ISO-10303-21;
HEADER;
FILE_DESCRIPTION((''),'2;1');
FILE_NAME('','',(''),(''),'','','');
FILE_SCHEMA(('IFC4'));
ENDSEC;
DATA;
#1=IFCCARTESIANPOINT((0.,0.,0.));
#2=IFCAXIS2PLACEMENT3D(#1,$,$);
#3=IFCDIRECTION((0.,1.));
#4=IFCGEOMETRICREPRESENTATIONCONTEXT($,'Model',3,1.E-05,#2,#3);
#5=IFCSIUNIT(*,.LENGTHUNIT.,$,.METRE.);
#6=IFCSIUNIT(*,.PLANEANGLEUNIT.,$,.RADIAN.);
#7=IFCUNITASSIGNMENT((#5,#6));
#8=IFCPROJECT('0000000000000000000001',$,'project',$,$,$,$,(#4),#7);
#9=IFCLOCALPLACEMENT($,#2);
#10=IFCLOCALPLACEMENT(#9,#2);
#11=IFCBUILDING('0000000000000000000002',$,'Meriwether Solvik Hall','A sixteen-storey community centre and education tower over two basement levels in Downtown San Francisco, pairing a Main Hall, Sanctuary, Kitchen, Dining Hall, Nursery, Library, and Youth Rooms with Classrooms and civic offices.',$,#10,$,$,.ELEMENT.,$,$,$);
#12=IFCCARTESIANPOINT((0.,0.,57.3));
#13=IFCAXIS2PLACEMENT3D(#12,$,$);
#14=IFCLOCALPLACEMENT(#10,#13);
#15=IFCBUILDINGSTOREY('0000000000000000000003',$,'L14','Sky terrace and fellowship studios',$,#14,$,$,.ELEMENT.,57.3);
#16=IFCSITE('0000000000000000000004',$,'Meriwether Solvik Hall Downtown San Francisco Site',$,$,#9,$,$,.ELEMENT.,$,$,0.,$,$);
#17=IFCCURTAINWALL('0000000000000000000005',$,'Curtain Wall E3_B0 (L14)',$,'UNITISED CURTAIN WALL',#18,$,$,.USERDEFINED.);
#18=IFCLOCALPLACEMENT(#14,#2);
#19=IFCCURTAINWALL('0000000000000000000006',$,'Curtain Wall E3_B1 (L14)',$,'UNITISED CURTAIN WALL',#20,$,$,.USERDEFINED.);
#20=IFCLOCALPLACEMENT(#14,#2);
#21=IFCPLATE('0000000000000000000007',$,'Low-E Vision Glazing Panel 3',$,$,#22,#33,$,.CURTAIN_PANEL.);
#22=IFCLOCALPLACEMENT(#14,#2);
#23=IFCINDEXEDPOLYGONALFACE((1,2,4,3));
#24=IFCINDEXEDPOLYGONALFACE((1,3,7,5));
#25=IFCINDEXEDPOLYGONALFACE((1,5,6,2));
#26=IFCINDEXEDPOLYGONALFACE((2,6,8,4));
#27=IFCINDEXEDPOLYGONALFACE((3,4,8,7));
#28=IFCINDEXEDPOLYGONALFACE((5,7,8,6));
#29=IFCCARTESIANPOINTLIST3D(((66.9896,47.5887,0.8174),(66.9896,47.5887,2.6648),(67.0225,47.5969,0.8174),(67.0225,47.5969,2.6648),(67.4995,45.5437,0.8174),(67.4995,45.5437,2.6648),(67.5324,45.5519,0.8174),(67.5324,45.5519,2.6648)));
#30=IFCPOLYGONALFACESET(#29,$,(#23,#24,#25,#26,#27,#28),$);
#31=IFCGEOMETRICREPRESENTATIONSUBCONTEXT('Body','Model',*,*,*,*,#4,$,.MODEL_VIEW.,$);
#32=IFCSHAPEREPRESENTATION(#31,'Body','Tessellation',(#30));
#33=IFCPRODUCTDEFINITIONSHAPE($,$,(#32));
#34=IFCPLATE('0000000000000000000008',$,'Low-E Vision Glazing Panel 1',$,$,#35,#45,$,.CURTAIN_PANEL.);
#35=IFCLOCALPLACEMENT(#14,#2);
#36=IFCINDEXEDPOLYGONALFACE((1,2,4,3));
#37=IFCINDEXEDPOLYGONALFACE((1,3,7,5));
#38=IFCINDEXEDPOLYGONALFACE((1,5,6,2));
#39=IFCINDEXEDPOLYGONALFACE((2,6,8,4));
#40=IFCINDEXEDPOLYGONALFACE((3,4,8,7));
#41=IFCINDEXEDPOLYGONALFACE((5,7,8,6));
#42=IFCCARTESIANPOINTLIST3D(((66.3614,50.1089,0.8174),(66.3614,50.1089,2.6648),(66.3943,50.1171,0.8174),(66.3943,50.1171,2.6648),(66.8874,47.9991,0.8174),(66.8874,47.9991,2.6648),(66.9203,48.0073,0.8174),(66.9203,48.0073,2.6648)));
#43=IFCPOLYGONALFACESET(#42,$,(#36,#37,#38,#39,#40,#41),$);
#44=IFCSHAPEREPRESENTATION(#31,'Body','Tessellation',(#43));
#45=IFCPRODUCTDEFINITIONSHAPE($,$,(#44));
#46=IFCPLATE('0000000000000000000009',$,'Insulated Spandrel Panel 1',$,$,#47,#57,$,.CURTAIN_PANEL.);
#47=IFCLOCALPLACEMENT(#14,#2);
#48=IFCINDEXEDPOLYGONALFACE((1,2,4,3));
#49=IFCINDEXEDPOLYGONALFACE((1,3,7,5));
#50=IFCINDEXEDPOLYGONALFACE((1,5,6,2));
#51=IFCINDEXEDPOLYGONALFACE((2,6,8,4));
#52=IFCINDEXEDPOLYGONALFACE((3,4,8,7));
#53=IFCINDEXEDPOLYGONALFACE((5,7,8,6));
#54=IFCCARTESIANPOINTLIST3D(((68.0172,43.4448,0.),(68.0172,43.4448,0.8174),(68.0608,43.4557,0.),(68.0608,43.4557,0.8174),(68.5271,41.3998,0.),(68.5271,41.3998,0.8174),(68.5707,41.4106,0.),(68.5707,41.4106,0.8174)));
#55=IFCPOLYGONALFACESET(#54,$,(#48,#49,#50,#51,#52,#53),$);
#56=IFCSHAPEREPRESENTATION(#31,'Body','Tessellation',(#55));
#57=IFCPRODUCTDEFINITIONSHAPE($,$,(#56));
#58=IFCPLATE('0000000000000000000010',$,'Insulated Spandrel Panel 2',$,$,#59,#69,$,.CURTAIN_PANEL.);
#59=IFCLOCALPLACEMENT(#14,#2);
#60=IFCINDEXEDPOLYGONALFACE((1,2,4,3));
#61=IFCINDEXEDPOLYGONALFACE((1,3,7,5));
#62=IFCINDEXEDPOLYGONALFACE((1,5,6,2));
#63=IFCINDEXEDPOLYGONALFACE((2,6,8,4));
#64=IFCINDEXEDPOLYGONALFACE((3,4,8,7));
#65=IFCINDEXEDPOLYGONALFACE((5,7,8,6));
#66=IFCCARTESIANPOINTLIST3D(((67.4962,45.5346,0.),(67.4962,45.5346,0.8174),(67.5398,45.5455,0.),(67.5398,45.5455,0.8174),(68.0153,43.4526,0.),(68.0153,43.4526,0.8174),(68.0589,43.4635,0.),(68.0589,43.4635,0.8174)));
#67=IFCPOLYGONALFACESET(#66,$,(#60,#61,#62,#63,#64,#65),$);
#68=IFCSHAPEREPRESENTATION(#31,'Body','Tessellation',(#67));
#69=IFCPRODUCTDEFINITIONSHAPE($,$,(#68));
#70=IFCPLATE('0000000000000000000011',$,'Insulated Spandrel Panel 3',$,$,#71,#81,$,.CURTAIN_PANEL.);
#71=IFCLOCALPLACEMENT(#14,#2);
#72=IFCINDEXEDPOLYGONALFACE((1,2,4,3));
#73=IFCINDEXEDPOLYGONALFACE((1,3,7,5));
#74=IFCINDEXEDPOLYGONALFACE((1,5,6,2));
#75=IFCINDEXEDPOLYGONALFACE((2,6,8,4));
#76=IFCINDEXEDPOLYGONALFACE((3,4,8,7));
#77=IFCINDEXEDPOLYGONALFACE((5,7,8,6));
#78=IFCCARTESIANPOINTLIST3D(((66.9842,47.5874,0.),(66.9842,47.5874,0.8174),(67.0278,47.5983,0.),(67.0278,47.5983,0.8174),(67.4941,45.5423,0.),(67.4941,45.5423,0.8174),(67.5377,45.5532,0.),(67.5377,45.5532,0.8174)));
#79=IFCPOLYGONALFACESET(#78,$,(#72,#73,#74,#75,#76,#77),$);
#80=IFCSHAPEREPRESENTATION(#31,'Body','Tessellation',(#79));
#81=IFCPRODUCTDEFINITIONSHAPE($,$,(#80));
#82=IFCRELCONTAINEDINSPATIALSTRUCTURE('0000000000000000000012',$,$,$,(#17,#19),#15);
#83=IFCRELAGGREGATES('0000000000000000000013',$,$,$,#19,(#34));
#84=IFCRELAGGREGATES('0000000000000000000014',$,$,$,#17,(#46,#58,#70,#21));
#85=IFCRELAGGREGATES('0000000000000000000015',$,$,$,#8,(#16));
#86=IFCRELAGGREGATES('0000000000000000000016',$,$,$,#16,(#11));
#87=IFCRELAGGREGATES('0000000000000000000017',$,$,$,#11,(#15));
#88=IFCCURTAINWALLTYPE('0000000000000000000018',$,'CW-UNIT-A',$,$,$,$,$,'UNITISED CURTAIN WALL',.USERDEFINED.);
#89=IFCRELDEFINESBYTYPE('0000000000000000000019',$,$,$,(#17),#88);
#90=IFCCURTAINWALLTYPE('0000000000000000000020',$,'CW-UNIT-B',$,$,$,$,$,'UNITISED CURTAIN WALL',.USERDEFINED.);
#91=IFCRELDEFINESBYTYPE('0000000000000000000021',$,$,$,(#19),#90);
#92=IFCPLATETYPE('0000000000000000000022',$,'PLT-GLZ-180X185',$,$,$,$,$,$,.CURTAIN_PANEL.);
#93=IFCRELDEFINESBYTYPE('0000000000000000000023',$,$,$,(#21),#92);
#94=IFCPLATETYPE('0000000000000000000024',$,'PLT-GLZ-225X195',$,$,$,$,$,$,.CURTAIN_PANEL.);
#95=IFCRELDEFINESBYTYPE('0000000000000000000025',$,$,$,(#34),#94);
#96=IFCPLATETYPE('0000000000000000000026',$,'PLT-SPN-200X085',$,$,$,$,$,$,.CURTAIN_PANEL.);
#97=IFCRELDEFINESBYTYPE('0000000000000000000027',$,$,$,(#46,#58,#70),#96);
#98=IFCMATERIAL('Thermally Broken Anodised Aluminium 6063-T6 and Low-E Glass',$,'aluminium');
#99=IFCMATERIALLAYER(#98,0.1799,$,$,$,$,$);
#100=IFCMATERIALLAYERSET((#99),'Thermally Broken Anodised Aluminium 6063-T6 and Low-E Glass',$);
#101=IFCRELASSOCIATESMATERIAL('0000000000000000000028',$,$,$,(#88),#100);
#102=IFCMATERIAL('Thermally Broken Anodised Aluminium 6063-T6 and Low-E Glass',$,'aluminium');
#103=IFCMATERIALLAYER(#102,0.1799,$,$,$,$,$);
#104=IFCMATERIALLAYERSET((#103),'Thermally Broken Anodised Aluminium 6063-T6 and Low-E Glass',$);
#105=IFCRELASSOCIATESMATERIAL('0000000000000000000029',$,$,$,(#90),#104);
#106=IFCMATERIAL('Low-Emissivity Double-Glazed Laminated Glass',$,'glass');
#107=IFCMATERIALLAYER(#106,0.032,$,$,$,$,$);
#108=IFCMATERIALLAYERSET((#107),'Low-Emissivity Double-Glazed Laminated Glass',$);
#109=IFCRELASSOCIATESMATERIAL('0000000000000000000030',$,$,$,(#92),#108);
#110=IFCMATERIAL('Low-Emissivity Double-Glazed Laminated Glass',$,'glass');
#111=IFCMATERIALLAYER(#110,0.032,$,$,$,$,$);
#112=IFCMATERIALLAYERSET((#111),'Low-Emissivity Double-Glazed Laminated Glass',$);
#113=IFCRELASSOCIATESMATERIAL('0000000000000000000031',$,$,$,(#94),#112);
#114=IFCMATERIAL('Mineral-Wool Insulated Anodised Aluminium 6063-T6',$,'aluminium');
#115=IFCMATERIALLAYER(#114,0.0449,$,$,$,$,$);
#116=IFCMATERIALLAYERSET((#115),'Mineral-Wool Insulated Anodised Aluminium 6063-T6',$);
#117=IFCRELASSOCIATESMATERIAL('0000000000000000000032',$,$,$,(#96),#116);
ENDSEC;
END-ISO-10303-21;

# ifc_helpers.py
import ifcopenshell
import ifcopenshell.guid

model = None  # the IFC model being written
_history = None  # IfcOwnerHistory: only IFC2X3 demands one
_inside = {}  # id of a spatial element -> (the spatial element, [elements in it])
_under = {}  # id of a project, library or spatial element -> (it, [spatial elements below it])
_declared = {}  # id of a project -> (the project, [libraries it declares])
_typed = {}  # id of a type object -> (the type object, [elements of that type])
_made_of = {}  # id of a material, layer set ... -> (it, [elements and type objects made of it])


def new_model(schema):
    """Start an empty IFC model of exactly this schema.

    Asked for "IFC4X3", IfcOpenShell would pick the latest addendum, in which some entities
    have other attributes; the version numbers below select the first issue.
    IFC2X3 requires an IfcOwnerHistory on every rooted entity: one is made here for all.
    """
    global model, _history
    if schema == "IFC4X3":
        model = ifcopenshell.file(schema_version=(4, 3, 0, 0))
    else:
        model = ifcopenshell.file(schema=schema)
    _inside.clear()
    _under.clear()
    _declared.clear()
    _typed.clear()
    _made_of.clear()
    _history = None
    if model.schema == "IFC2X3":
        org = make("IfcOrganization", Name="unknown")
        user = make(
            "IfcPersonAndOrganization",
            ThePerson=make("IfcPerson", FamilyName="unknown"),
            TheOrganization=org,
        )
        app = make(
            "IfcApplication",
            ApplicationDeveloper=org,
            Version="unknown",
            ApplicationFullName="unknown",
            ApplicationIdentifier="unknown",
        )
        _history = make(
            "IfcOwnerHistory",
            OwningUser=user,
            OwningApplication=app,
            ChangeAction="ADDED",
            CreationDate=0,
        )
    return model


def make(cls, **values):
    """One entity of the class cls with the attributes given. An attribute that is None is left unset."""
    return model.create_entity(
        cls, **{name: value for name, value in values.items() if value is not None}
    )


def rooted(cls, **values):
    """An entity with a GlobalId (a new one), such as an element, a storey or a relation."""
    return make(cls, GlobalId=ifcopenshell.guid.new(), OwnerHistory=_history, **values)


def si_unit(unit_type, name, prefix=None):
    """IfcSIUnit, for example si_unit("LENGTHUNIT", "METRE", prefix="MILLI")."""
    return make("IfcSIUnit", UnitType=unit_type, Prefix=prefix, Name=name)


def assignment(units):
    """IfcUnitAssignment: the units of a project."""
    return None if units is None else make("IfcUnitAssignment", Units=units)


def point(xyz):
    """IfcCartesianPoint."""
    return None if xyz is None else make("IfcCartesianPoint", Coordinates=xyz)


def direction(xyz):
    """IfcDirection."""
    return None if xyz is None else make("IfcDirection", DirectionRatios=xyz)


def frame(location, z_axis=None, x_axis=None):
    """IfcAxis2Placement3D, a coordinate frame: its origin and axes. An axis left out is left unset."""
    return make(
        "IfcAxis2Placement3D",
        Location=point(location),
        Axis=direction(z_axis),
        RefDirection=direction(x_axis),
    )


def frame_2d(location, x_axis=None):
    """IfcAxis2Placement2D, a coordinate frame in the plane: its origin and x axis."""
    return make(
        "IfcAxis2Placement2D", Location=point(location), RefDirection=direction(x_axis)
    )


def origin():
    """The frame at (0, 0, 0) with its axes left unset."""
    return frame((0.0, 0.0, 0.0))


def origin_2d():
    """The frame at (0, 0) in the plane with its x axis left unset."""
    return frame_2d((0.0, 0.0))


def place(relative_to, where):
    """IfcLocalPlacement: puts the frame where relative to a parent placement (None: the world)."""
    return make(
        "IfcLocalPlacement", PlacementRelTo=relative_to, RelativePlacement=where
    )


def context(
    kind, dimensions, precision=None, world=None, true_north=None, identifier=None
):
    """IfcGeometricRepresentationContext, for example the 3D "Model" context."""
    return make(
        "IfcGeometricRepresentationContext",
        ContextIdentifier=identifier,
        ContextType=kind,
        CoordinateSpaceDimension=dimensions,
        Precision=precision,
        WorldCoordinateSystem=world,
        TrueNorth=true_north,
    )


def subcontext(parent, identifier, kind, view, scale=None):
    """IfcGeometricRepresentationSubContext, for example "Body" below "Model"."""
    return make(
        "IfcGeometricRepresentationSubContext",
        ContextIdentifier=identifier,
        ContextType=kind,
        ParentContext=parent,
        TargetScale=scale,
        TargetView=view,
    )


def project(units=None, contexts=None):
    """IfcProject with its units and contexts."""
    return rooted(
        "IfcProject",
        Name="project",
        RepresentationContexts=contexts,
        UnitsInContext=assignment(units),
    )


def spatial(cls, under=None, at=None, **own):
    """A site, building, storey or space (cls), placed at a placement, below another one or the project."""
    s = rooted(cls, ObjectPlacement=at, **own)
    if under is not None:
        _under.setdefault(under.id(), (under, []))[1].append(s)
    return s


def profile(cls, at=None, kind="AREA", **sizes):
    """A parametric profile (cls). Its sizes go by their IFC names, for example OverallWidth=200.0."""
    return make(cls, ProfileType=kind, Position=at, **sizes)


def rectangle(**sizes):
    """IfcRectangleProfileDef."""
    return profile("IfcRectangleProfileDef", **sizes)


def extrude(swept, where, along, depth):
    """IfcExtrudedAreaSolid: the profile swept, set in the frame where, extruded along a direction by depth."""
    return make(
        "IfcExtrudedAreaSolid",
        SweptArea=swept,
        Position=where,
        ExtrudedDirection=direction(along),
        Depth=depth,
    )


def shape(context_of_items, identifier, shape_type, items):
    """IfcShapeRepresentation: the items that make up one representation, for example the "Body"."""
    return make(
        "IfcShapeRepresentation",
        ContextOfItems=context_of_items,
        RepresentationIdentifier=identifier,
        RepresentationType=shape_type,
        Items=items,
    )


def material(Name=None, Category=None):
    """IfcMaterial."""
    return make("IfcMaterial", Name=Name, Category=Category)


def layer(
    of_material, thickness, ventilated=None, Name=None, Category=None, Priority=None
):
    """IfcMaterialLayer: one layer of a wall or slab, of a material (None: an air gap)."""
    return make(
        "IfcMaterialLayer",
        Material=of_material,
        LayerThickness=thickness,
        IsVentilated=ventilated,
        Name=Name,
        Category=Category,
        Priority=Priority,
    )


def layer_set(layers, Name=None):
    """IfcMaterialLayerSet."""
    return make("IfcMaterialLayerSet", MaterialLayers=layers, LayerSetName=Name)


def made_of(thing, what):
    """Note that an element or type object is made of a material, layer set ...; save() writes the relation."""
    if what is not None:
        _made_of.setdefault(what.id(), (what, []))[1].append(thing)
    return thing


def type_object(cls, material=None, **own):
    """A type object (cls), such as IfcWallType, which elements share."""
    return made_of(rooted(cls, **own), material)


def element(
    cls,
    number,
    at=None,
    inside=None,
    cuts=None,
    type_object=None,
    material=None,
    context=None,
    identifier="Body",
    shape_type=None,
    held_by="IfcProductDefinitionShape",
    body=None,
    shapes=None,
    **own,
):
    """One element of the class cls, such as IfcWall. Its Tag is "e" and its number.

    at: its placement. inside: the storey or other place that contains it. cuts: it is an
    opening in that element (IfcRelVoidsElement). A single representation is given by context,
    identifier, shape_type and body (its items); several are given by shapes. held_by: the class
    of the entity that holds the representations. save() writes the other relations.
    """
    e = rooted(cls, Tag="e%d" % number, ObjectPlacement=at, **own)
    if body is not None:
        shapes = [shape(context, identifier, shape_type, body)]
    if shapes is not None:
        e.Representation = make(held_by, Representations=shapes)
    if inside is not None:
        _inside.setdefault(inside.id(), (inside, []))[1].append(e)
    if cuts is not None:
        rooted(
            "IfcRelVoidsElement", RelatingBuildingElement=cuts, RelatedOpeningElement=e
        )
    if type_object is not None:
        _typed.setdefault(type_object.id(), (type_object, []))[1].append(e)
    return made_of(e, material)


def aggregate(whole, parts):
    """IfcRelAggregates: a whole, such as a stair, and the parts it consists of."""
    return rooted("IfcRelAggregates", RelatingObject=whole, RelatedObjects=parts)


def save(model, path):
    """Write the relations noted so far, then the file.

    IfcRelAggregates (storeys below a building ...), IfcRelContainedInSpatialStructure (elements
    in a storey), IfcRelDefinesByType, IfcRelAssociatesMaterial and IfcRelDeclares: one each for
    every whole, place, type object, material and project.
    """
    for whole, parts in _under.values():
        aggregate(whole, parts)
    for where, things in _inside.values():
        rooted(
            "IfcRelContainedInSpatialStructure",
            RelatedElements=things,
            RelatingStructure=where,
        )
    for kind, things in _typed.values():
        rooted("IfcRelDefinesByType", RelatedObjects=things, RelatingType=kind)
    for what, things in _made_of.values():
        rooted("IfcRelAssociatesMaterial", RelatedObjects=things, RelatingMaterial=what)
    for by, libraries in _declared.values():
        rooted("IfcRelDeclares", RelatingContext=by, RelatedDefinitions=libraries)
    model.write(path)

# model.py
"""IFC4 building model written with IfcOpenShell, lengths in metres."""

from ifc_helpers import new_model, si_unit, direction, frame, origin, origin_2d, place, context, subcontext, project, spatial, rectangle, extrude, material, layer, layer_set, type_object, element, aggregate, save


model = new_model("IFC4")

# Units and contexts
model_context = context("Model", 3, precision=1e-05, world=origin(), true_north=direction((0.0, 1.0)))
body_context = subcontext(model_context, "Body", "Model", "MODEL_VIEW")
ifc_project = project(units=[si_unit("LENGTHUNIT", "METRE"), si_unit("PLANEANGLEUNIT", "RADIAN")], contexts=[model_context])

# Site, building, storey
site_placement = place(None, origin())
site = spatial("IfcSite", under=ifc_project, at=site_placement, Name="Meriwether Solvik Hall Downtown San Francisco Site", CompositionType="ELEMENT", RefElevation=0.0)
building_placement = place(site_placement, origin())
building = spatial("IfcBuilding", under=site, at=building_placement, Name="Meriwether Solvik Hall", Description="A sixteen-storey community centre and education tower over two basement levels in Downtown San Francisco, pairing a Main Hall, Sanctuary, Kitchen, Dining Hall, Nursery, Library, and Youth Rooms with Classrooms and civic offices.", CompositionType="ELEMENT")
storey_placement = place(building_placement, frame((0.0, 0.0, 57.3)))
storey = spatial("IfcBuildingStorey", under=building, at=storey_placement, Name="L14", Description="Sky terrace and fellowship studios", CompositionType="ELEMENT", Elevation=57.3)

# Curtain wall
ifc_material_1 = material(Name="Thermally Broken Anodised Aluminium 6063-T6 and Low-E Glass", Category="aluminium")
ifc_layer_1 = layer(ifc_material_1, 0.1799)
ifc_layer_set_1 = layer_set([ifc_layer_1], Name="Thermally Broken Anodised Aluminium 6063-T6 and Low-E Glass")
curtain_wall_type_1 = type_object("IfcCurtainWallType", Name="CW-UNIT-A", ElementType="UNITISED CURTAIN WALL", PredefinedType="USERDEFINED", material=ifc_layer_set_1)
curtain_wall_1_placement = place(storey_placement, origin())
curtain_wall_1 = element("IfcCurtainWall", 1, at=curtain_wall_1_placement, inside=storey, type_object=curtain_wall_type_1, Name="Curtain Wall E3_B0 (L14)", ObjectType="UNITISED CURTAIN WALL", PredefinedType="USERDEFINED")

# Curtain wall
ifc_material_2 = material(Name="Thermally Broken Anodised Aluminium 6063-T6 and Low-E Glass", Category="aluminium")
ifc_layer_2 = layer(ifc_material_2, 0.1799)
ifc_layer_set_2 = layer_set([ifc_layer_2], Name="Thermally Broken Anodised Aluminium 6063-T6 and Low-E Glass")
curtain_wall_type_2 = type_object("IfcCurtainWallType", Name="CW-UNIT-B", ElementType="UNITISED CURTAIN WALL", PredefinedType="USERDEFINED", material=ifc_layer_set_2)
curtain_wall_2_placement = place(storey_placement, origin())
curtain_wall_2 = element("IfcCurtainWall", 2, at=curtain_wall_2_placement, inside=storey, type_object=curtain_wall_type_2, Name="Curtain Wall E3_B1 (L14)", ObjectType="UNITISED CURTAIN WALL", PredefinedType="USERDEFINED")

# Plates
ifc_material_3 = material(Name="Low-Emissivity Double-Glazed Laminated Glass", Category="glass")
ifc_layer_3 = layer(ifc_material_3, 0.032)
ifc_layer_set_3 = layer_set([ifc_layer_3], Name="Low-Emissivity Double-Glazed Laminated Glass")
plate_type_1 = type_object("IfcPlateType", Name="PLT-GLZ-180X185", PredefinedType="CURTAIN_PANEL", material=ifc_layer_set_3)
plate_1_placement = place(storey_placement, frame((67.261, 46.5703, 0.8174), z_axis=(0.0, 0.0, 1.0), x_axis=(-0.241922, 0.970296, 0.0)))
plate_1 = element("IfcPlate", 3, at=plate_1_placement, type_object=plate_type_1, Name="Low-E Vision Glazing Panel 3", PredefinedType="CURTAIN_PANEL", context=body_context, shape_type="SweptSolid", body=[
    extrude(rectangle(XDim=2.1077, YDim=0.0339, at=origin_2d()), origin(), (0.0, 0.0, 1.0), 1.8474),
])
ifc_material_4 = material(Name="Low-Emissivity Double-Glazed Laminated Glass", Category="glass")
ifc_layer_4 = layer(ifc_material_4, 0.032)
ifc_layer_set_4 = layer_set([ifc_layer_4], Name="Low-Emissivity Double-Glazed Laminated Glass")
plate_type_2 = type_object("IfcPlateType", Name="PLT-GLZ-225X195", PredefinedType="CURTAIN_PANEL", material=ifc_layer_set_4)
plate_2_placement = place(storey_placement, frame((66.6409, 49.0581, 0.8174), z_axis=(0.0, 0.0, 1.0), x_axis=(-0.241922, 0.970296, 0.0)))
plate_2 = element("IfcPlate", 4, at=plate_2_placement, type_object=plate_type_2, Name="Low-E Vision Glazing Panel 1", PredefinedType="CURTAIN_PANEL", context=body_context, shape_type="SweptSolid", body=[
    extrude(rectangle(XDim=2.1743, YDim=0.0339, at=origin_2d()), origin(), (0.0, 0.0, 1.0), 1.8474),
])
aggregate(curtain_wall_2, [plate_2])
ifc_material_5 = material(Name="Mineral-Wool Insulated Anodised Aluminium 6063-T6", Category="aluminium")
ifc_layer_5 = layer(ifc_material_5, 0.0449)
ifc_layer_set_5 = layer_set([ifc_layer_5], Name="Mineral-Wool Insulated Anodised Aluminium 6063-T6")
plate_type_3 = type_object("IfcPlateType", Name="PLT-SPN-200X085", PredefinedType="CURTAIN_PANEL", material=ifc_layer_set_5)
plate_3_placement = place(storey_placement, frame((68.2939, 42.4277, 0.0), z_axis=(0.0, 0.0, 1.0), x_axis=(-0.241922, 0.970296, 0.0)))
plate_3 = element("IfcPlate", 5, at=plate_3_placement, type_object=plate_type_3, Name="Insulated Spandrel Panel 1", PredefinedType="CURTAIN_PANEL", context=body_context, shape_type="SweptSolid", body=[
    extrude(rectangle(XDim=2.1077, YDim=0.0449, at=origin_2d()), origin(), (0.0, 0.0, 1.0), 0.8174),
])
plate_4_placement = place(storey_placement, frame((67.7776, 44.499, 0.0), z_axis=(0.0, 0.0, 1.0), x_axis=(-0.241922, 0.970296, 0.0)))
plate_4 = element("IfcPlate", 6, at=plate_4_placement, type_object=plate_type_3, Name="Insulated Spandrel Panel 2", PredefinedType="CURTAIN_PANEL", context=body_context, shape_type="SweptSolid", body=[
    extrude(rectangle(XDim=2.1458, YDim=0.0449, at=origin_2d()), origin(), (0.0, 0.0, 1.0), 0.8174),
])
plate_5_placement = place(storey_placement, frame((67.261, 46.5703, 0.0), z_axis=(0.0, 0.0, 1.0), x_axis=(-0.241922, 0.970296, 0.0)))
plate_5 = element("IfcPlate", 7, at=plate_5_placement, type_object=plate_type_3, Name="Insulated Spandrel Panel 3", PredefinedType="CURTAIN_PANEL", context=body_context, shape_type="SweptSolid", body=[
    extrude(rectangle(XDim=2.1077, YDim=0.0449, at=origin_2d()), origin(), (0.0, 0.0, 1.0), 0.8174),
])
aggregate(curtain_wall_1, [plate_3, plate_4, plate_5, plate_1])

save(model, "model.ifc")
